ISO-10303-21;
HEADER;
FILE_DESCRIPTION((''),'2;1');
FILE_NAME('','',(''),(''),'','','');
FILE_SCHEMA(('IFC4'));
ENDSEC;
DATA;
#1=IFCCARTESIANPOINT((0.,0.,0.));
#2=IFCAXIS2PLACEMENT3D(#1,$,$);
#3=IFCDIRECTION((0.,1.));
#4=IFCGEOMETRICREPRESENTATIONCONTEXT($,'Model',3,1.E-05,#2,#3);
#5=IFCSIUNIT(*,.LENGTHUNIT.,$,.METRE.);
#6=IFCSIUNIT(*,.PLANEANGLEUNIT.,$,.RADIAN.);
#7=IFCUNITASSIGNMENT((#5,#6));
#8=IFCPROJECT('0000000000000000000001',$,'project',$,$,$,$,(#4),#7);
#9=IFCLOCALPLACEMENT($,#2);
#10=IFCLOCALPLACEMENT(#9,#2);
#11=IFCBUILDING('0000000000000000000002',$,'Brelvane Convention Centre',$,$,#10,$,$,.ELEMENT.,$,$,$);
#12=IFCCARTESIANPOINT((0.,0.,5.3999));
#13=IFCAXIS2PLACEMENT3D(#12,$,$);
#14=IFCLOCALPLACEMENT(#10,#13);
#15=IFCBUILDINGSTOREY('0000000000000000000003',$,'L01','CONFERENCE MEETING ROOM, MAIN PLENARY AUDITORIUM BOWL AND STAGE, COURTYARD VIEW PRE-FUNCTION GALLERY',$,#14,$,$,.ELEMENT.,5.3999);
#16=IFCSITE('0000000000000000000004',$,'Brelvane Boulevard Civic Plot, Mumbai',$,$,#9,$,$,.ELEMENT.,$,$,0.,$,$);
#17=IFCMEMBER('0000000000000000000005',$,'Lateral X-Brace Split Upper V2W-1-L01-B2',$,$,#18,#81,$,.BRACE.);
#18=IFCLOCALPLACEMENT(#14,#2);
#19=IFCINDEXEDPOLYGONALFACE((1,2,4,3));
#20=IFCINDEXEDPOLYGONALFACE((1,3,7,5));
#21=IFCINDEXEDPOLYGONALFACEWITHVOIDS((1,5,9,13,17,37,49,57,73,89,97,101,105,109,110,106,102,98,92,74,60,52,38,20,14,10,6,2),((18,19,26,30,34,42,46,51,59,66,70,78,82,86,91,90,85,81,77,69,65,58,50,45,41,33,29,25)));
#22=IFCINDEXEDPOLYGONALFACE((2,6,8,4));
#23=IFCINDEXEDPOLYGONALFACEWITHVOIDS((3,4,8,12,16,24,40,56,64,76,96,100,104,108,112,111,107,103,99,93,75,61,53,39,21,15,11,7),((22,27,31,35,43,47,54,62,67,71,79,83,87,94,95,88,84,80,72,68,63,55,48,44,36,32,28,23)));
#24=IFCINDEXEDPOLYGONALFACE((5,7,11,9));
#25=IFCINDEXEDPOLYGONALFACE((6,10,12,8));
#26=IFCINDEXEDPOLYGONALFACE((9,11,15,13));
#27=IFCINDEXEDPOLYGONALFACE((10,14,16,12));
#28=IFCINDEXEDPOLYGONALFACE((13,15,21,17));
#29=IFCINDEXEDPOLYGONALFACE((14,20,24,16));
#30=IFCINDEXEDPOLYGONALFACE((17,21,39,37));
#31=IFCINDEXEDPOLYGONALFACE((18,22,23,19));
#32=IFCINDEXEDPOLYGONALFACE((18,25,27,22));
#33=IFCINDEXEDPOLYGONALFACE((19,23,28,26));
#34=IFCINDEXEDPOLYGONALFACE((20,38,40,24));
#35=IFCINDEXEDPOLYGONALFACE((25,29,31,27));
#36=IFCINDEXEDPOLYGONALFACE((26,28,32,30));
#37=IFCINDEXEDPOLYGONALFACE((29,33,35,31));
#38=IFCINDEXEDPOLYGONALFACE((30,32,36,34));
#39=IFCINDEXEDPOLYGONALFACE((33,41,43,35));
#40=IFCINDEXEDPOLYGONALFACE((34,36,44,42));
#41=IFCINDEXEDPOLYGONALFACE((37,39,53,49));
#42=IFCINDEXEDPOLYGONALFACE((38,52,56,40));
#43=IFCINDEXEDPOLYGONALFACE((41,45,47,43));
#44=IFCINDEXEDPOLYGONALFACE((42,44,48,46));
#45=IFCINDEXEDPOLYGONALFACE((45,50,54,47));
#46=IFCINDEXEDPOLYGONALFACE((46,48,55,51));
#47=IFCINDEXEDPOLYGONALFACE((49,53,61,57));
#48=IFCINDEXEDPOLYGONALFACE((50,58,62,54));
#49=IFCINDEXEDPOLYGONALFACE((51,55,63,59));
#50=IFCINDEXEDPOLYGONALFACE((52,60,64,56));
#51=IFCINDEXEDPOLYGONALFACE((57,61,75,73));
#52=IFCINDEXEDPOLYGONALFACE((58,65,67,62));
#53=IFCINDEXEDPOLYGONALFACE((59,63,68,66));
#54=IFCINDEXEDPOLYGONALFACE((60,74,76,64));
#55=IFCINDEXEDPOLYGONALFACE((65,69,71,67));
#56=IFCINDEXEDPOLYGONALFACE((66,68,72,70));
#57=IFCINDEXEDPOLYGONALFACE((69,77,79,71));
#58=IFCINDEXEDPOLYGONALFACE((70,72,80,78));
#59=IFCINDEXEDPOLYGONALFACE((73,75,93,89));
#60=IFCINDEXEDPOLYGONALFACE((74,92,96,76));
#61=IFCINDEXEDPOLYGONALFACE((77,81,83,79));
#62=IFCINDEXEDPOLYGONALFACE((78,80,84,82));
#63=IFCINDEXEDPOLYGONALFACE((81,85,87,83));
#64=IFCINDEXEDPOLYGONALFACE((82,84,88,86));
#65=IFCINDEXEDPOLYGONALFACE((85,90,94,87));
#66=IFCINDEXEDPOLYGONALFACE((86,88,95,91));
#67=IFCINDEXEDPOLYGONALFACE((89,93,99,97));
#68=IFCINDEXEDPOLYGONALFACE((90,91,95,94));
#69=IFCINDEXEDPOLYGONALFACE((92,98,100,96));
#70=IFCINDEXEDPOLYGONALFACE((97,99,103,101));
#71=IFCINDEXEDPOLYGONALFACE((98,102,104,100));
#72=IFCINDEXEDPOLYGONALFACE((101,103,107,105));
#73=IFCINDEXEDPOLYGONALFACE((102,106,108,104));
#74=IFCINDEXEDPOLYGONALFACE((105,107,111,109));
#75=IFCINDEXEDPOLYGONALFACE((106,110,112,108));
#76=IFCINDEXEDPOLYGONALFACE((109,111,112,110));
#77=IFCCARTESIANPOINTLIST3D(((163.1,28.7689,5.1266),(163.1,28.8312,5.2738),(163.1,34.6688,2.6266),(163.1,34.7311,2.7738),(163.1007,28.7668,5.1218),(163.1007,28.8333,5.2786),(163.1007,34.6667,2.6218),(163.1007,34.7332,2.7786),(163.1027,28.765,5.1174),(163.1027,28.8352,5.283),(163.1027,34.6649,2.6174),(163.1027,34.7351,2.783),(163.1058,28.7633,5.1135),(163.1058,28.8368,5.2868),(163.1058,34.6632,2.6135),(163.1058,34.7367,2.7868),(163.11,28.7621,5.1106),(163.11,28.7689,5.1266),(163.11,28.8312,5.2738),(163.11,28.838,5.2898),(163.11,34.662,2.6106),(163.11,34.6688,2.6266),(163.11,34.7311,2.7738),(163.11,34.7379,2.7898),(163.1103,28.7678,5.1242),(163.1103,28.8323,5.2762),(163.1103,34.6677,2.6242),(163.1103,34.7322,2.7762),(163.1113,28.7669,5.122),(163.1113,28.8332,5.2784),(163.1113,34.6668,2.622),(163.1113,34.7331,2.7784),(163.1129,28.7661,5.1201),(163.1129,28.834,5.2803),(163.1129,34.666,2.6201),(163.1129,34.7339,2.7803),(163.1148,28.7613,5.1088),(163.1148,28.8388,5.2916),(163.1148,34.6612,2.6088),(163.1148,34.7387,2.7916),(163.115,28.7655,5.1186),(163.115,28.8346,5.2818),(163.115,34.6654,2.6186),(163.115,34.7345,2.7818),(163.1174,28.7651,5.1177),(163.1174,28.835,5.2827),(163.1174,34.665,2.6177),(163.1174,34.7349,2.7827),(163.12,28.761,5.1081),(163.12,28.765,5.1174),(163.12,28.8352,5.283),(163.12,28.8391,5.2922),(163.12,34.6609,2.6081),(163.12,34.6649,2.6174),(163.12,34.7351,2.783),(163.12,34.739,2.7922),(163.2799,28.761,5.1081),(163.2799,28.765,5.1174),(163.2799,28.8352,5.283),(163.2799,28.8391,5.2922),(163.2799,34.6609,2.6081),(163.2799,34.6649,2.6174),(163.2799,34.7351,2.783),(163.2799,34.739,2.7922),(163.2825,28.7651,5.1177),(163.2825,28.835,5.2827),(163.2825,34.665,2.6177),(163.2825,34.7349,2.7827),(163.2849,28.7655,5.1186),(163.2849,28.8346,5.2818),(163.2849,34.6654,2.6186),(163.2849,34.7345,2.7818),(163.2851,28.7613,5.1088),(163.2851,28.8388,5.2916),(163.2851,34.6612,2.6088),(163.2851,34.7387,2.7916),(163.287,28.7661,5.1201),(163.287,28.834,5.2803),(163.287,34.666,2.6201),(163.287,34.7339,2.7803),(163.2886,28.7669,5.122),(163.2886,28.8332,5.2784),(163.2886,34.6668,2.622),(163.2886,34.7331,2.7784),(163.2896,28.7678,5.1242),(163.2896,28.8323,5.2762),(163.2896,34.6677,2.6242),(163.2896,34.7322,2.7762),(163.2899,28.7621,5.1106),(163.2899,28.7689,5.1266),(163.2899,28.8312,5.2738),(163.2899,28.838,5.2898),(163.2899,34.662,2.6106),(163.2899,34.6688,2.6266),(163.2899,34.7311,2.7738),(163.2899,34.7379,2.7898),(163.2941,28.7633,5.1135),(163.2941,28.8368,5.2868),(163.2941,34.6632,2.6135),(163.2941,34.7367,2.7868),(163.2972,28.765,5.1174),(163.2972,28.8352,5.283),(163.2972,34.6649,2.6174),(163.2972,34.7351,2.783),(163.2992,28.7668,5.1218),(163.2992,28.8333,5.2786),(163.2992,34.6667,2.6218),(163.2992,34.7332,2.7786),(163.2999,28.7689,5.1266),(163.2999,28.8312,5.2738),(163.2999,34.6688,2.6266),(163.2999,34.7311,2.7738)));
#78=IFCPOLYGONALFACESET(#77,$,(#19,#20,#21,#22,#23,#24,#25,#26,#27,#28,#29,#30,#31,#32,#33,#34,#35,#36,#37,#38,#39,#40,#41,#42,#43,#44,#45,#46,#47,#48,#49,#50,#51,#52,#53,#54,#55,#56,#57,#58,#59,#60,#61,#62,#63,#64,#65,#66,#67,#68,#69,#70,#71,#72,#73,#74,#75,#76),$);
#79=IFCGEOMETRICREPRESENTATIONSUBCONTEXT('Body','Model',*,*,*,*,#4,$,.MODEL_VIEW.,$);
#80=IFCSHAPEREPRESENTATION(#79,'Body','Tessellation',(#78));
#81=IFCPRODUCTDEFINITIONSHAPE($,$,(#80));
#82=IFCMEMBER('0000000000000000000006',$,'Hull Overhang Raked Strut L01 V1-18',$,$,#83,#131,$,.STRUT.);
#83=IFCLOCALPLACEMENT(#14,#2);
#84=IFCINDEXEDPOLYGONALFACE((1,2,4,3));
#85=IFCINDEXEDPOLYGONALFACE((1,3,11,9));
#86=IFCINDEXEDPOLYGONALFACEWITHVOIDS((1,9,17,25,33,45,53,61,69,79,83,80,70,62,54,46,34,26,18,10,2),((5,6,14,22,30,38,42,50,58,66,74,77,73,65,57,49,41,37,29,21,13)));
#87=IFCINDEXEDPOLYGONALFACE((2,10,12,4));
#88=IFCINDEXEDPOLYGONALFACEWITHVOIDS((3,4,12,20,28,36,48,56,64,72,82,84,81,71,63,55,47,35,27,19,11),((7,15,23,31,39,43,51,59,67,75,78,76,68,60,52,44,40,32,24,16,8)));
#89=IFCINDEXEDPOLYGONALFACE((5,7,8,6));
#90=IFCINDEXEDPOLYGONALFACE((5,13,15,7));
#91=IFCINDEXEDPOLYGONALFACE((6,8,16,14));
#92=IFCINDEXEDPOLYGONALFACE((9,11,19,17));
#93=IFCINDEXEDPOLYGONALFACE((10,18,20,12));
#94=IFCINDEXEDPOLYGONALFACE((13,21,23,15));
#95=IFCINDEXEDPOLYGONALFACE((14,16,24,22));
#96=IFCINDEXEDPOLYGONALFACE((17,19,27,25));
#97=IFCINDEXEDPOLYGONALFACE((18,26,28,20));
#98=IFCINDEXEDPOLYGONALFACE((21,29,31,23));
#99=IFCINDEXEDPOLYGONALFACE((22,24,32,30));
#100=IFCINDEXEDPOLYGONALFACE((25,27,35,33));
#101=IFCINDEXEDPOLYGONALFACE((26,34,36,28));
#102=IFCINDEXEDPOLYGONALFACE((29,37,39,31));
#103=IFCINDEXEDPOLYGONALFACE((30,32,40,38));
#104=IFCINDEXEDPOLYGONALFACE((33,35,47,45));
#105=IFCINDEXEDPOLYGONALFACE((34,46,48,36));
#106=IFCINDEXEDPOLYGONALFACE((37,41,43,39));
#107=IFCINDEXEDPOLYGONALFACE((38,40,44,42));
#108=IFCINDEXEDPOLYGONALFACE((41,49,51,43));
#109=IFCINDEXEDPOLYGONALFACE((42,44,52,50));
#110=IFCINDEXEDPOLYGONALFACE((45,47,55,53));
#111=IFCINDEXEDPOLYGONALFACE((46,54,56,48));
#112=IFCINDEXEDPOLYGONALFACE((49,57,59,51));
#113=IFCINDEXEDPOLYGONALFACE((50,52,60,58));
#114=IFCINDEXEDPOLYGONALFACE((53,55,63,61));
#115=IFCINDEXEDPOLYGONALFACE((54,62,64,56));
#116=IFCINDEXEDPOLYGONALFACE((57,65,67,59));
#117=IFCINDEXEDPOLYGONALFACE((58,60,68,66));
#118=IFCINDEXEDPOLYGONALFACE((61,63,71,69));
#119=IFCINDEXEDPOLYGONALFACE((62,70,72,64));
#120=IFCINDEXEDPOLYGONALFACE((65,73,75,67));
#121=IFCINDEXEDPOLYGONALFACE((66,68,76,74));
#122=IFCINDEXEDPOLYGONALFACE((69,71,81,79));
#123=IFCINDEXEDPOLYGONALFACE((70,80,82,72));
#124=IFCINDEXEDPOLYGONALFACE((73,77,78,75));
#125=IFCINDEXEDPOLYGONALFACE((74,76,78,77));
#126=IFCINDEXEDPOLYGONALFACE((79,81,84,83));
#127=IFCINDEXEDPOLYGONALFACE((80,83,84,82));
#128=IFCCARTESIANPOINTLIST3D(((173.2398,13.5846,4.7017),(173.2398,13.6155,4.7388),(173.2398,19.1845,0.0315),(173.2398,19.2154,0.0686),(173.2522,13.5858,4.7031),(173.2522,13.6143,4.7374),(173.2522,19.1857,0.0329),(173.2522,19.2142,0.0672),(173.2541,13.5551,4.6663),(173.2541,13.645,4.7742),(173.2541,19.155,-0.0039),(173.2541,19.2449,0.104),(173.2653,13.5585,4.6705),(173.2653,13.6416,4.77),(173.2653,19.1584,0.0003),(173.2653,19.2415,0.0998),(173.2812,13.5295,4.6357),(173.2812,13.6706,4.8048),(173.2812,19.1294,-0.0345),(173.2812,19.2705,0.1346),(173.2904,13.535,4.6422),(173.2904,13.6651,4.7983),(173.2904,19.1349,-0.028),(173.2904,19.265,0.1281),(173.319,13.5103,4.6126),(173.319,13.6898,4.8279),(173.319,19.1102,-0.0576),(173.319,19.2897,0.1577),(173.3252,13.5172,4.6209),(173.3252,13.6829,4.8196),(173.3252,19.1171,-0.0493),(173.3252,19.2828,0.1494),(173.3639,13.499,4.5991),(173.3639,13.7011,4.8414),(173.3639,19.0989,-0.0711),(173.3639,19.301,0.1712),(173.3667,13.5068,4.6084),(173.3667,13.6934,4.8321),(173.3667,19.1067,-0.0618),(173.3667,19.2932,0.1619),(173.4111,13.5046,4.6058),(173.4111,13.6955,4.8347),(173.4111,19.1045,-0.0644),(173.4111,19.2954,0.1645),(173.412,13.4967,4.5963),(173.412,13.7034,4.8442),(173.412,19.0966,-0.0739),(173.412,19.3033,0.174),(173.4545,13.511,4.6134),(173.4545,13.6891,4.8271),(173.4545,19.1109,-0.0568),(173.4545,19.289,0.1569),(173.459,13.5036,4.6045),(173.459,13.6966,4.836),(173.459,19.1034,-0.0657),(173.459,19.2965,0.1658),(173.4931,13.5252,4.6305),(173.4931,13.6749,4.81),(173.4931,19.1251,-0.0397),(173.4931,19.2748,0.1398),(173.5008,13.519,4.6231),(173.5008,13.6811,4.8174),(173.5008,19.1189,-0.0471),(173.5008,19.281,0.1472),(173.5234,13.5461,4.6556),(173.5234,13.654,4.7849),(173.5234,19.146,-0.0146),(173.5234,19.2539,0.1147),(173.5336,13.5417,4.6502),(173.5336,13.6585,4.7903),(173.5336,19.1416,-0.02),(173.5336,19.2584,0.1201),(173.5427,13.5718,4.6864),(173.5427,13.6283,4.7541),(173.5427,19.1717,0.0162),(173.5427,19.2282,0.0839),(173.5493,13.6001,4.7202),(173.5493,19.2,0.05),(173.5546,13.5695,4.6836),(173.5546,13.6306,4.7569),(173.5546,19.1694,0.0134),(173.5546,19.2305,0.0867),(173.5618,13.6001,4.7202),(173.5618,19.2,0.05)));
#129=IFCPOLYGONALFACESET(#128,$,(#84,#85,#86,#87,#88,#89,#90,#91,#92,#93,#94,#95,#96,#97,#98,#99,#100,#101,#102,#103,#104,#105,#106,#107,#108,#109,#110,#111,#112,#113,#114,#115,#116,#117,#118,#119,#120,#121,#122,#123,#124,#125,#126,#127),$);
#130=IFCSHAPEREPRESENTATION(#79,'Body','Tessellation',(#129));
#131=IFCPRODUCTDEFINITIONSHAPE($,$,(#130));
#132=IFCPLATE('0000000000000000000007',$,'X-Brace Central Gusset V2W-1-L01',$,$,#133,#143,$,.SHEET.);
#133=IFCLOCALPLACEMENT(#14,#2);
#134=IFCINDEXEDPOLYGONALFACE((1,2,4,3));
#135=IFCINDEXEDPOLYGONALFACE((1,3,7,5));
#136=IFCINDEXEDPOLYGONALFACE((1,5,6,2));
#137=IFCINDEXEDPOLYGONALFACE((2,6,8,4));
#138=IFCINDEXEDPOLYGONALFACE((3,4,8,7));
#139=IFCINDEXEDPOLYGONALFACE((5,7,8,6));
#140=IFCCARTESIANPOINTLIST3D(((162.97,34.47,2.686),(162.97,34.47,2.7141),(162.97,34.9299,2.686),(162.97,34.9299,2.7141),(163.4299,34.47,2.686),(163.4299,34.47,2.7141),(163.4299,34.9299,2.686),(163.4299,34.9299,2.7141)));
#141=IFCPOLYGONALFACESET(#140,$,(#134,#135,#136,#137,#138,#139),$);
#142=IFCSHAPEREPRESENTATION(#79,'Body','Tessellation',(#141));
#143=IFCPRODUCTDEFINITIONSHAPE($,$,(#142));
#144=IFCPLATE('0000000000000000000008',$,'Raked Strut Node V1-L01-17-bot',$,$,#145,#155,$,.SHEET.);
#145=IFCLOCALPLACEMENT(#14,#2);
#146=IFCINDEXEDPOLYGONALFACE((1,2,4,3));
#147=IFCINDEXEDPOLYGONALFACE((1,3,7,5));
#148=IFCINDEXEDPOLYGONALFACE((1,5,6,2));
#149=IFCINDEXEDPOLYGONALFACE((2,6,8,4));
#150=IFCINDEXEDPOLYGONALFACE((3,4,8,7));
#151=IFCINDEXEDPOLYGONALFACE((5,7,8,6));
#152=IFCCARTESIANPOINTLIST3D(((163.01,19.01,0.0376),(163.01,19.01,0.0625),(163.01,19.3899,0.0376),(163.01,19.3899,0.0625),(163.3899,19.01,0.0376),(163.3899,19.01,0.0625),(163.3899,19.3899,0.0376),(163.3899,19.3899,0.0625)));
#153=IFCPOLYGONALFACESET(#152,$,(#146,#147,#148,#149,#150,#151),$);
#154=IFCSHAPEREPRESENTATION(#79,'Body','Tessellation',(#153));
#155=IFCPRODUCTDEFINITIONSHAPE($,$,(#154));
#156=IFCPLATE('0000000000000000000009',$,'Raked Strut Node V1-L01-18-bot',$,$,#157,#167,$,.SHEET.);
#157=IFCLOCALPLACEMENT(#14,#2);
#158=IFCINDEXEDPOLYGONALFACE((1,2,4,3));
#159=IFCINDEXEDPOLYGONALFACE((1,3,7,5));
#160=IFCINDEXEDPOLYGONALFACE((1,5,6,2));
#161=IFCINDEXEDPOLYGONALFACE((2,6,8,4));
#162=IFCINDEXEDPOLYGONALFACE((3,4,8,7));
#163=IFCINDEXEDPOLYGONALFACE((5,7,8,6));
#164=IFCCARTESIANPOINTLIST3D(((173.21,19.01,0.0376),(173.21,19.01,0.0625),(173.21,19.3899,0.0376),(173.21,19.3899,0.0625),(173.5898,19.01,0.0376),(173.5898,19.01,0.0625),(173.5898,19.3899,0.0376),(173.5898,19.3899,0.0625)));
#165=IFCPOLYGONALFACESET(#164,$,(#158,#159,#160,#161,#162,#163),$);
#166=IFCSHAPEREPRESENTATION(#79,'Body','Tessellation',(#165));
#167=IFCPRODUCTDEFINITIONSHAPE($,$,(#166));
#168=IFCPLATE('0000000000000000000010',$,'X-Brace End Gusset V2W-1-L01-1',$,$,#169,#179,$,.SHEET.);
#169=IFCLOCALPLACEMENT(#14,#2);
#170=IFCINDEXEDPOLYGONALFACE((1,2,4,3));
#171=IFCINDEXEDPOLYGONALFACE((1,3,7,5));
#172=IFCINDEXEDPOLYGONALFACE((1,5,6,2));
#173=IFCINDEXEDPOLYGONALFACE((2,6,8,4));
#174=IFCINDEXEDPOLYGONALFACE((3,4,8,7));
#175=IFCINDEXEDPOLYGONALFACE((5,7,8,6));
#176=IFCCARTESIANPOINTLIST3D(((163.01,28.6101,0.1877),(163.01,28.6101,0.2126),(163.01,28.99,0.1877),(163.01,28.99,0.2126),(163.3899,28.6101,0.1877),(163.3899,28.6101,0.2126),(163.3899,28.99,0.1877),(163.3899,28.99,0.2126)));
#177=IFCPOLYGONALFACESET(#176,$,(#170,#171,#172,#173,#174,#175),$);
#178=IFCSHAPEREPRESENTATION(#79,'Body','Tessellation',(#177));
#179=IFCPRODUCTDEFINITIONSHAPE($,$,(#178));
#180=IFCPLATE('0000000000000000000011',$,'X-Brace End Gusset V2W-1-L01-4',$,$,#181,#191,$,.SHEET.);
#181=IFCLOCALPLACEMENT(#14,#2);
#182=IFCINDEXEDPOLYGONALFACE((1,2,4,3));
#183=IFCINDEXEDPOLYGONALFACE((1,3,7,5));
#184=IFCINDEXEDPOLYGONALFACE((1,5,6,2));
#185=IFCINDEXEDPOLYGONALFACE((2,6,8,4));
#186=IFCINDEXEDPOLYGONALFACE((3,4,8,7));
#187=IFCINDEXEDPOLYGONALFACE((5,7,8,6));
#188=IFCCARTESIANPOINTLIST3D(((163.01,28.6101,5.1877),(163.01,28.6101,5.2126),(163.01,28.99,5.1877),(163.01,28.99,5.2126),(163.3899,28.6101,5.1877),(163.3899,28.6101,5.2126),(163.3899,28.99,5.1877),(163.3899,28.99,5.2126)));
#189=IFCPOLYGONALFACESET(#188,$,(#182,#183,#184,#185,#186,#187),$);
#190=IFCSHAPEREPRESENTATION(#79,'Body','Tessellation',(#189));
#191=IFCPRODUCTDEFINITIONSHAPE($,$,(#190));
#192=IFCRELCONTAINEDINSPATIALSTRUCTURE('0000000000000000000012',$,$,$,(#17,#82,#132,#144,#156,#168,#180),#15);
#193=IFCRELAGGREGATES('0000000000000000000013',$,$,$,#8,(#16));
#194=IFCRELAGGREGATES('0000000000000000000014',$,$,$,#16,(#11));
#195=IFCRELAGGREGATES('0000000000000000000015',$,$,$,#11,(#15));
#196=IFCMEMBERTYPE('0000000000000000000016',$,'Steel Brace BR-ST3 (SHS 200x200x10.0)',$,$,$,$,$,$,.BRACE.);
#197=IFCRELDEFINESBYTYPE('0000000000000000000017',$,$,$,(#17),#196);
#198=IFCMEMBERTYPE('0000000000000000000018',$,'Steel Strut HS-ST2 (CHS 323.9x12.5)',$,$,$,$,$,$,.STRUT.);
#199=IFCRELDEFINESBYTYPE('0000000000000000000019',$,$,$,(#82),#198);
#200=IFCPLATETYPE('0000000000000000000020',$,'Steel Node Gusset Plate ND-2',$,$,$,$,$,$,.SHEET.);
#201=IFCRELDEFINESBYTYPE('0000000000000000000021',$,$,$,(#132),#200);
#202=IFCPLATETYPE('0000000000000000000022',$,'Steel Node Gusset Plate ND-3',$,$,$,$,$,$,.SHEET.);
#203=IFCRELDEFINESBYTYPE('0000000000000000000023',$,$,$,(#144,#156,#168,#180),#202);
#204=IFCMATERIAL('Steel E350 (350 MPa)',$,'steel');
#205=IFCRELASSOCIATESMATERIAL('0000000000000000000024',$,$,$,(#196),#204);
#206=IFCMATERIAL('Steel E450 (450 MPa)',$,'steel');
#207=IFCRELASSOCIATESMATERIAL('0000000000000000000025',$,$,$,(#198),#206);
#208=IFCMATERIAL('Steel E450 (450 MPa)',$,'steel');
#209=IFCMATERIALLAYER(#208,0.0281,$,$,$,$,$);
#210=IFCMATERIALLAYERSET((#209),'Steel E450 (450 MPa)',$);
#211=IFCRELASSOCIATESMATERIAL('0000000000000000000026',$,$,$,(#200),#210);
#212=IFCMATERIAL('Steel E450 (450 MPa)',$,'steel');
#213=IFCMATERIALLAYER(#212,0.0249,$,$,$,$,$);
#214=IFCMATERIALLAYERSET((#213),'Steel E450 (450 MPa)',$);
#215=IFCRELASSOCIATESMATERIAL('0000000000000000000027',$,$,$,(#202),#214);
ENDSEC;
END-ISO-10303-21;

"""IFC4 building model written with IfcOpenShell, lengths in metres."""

from ifc_helpers import new_model, si_unit, direction, frame, origin, origin_2d, place, context, subcontext, project, spatial, rectangle, hollow_rectangle, hollow_circle, extrude, material, layer, layer_set, material_profile, profile_set, type_object, element, save


model = new_model("IFC4")

# Units and contexts
model_context = context("Model", 3, precision=1e-05, world=origin(), true_north=direction((0.0, 1.0)))
body_context = subcontext(model_context, "Body", "Model", "MODEL_VIEW")
ifc_project = project(units=[si_unit("LENGTHUNIT", "METRE"), si_unit("PLANEANGLEUNIT", "RADIAN")], contexts=[model_context])

# Site, building, storey
site_placement = place(None, origin())
site = spatial("IfcSite", under=ifc_project, at=site_placement, Name="Brelvane Boulevard Civic Plot, Mumbai", CompositionType="ELEMENT", RefElevation=0.0)
building_placement = place(site_placement, origin())
building = spatial("IfcBuilding", under=site, at=building_placement, Name="Brelvane Convention Centre", CompositionType="ELEMENT")
storey_placement = place(building_placement, frame((0.0, 0.0, 5.3999)))
storey = spatial("IfcBuildingStorey", under=building, at=storey_placement, Name="L01", Description="CONFERENCE MEETING ROOM, MAIN PLENARY AUDITORIUM BOWL AND STAGE, COURTYARD VIEW PRE-FUNCTION GALLERY", CompositionType="ELEMENT", Elevation=5.3999)

# Members
ifc_material_1 = material(Name="Steel E350 (350 MPa)", Category="steel")
ifc_material_profile_1 = material_profile(ifc_material_1, hollow_rectangle(XDim=0.2, YDim=0.2, WallThickness=0.01, InnerFilletRadius=0.01, OuterFilletRadius=0.02, at=origin_2d()), Name="SHS 200x200x10.0")
ifc_profile_set_1 = profile_set([ifc_material_profile_1], Name="Steel E350 (350 MPa)")
member_type_1 = type_object("IfcMemberType", Name="Steel Brace BR-ST3 (SHS 200x200x10.0)", PredefinedType="BRACE", material=ifc_profile_set_1)
member_1_placement = place(storey_placement, frame((163.2, 34.7, 2.7002), z_axis=(0.0, -0.920749, 0.390155), x_axis=(1.0, 0.0, 0.0)))
element("IfcMember", 1, at=member_1_placement, inside=storey, type_object=member_type_1, Name="Lateral X-Brace Split Upper V2W-1-L01-B2", PredefinedType="BRACE", context=body_context, shape_type="SweptSolid", body=[
    extrude(hollow_rectangle(XDim=0.2, YDim=0.2, WallThickness=0.01, InnerFilletRadius=0.01, OuterFilletRadius=0.02, at=origin_2d()), origin(), (0.0, 0.0, 1.0), 6.4077),
])
ifc_material_2 = material(Name="Steel E450 (450 MPa)", Category="steel")
ifc_material_profile_2 = material_profile(ifc_material_2, hollow_circle(Radius=0.1619, WallThickness=0.0125, at=origin_2d()), Name="CHS 323.9x12.5")
ifc_profile_set_2 = profile_set([ifc_material_profile_2], Name="Steel E450 (450 MPa)")
member_type_2 = type_object("IfcMemberType", Name="Steel Strut HS-ST2 (CHS 323.9x12.5)", PredefinedType="STRUT", material=ifc_profile_set_2)
member_2_placement = place(storey_placement, frame((173.3999, 19.2, 0.05), z_axis=(0.0, -0.767977, 0.640477), x_axis=(1.0, 0.0, 0.0)))
element("IfcMember", 2, at=member_2_placement, inside=storey, type_object=member_type_2, Name="Hull Overhang Raked Strut L01 V1-18", PredefinedType="STRUT", context=body_context, shape_type="SweptSolid", body=[
    extrude(hollow_circle(Radius=0.1619, WallThickness=0.0125, at=origin_2d()), origin(), (0.0, 0.0, 1.0), 7.2917),
])

# Plates
ifc_material_3 = material(Name="Steel E450 (450 MPa)", Category="steel")
ifc_layer_1 = layer(ifc_material_3, 0.0281)
ifc_layer_set_1 = layer_set([ifc_layer_1], Name="Steel E450 (450 MPa)")
plate_type_1 = type_object("IfcPlateType", Name="Steel Node Gusset Plate ND-2", PredefinedType="SHEET", material=ifc_layer_set_1)
plate_placement = place(storey_placement, frame((163.2, 34.7, 2.686), z_axis=(0.0, 0.0, 1.0), x_axis=(1.0, 0.0, 0.0)))
element("IfcPlate", 3, at=plate_placement, inside=storey, type_object=plate_type_1, Name="X-Brace Central Gusset V2W-1-L01", PredefinedType="SHEET", context=body_context, shape_type="SweptSolid", body=[
    extrude(rectangle(XDim=0.46, YDim=0.46, at=origin_2d()), origin(), (0.0, 0.0, 1.0), 0.0281),
])
ifc_material_4 = material(Name="Steel E450 (450 MPa)", Category="steel")
ifc_layer_2 = layer(ifc_material_4, 0.0249)
ifc_layer_set_2 = layer_set([ifc_layer_2], Name="Steel E450 (450 MPa)")
plate_type_2 = type_object("IfcPlateType", Name="Steel Node Gusset Plate ND-3", PredefinedType="SHEET", material=ifc_layer_set_2)
for number, where, z_axis, x_axis, name in (
    (4, (163.2, 19.2, 0.0376), (0.0, 0.0, 1.0), (1.0, 0.0, 0.0), "Raked Strut Node V1-L01-17-bot"),
    (5, (173.3999, 19.2, 0.0376), (0.0, 0.0, 1.0), (1.0, 0.0, 0.0), "Raked Strut Node V1-L01-18-bot"),
    (6, (163.2, 28.8, 0.1877), (0.0, 0.0, 1.0), (1.0, 0.0, 0.0), "X-Brace End Gusset V2W-1-L01-1"),
    (7, (163.2, 28.8, 5.1877), (0.0, 0.0, 1.0), (1.0, 0.0, 0.0), "X-Brace End Gusset V2W-1-L01-4"),
):
    element("IfcPlate", number, at=place(storey_placement, frame(where, z_axis=z_axis, x_axis=x_axis)), inside=storey, type_object=plate_type_2, Name=name, PredefinedType="SHEET", context=body_context, shape_type="SweptSolid", body=[
        extrude(rectangle(XDim=0.3799, YDim=0.3799, at=origin_2d()), origin(), (0.0, 0.0, 1.0), 0.0249),
    ])

save(model, "model.ifc")
